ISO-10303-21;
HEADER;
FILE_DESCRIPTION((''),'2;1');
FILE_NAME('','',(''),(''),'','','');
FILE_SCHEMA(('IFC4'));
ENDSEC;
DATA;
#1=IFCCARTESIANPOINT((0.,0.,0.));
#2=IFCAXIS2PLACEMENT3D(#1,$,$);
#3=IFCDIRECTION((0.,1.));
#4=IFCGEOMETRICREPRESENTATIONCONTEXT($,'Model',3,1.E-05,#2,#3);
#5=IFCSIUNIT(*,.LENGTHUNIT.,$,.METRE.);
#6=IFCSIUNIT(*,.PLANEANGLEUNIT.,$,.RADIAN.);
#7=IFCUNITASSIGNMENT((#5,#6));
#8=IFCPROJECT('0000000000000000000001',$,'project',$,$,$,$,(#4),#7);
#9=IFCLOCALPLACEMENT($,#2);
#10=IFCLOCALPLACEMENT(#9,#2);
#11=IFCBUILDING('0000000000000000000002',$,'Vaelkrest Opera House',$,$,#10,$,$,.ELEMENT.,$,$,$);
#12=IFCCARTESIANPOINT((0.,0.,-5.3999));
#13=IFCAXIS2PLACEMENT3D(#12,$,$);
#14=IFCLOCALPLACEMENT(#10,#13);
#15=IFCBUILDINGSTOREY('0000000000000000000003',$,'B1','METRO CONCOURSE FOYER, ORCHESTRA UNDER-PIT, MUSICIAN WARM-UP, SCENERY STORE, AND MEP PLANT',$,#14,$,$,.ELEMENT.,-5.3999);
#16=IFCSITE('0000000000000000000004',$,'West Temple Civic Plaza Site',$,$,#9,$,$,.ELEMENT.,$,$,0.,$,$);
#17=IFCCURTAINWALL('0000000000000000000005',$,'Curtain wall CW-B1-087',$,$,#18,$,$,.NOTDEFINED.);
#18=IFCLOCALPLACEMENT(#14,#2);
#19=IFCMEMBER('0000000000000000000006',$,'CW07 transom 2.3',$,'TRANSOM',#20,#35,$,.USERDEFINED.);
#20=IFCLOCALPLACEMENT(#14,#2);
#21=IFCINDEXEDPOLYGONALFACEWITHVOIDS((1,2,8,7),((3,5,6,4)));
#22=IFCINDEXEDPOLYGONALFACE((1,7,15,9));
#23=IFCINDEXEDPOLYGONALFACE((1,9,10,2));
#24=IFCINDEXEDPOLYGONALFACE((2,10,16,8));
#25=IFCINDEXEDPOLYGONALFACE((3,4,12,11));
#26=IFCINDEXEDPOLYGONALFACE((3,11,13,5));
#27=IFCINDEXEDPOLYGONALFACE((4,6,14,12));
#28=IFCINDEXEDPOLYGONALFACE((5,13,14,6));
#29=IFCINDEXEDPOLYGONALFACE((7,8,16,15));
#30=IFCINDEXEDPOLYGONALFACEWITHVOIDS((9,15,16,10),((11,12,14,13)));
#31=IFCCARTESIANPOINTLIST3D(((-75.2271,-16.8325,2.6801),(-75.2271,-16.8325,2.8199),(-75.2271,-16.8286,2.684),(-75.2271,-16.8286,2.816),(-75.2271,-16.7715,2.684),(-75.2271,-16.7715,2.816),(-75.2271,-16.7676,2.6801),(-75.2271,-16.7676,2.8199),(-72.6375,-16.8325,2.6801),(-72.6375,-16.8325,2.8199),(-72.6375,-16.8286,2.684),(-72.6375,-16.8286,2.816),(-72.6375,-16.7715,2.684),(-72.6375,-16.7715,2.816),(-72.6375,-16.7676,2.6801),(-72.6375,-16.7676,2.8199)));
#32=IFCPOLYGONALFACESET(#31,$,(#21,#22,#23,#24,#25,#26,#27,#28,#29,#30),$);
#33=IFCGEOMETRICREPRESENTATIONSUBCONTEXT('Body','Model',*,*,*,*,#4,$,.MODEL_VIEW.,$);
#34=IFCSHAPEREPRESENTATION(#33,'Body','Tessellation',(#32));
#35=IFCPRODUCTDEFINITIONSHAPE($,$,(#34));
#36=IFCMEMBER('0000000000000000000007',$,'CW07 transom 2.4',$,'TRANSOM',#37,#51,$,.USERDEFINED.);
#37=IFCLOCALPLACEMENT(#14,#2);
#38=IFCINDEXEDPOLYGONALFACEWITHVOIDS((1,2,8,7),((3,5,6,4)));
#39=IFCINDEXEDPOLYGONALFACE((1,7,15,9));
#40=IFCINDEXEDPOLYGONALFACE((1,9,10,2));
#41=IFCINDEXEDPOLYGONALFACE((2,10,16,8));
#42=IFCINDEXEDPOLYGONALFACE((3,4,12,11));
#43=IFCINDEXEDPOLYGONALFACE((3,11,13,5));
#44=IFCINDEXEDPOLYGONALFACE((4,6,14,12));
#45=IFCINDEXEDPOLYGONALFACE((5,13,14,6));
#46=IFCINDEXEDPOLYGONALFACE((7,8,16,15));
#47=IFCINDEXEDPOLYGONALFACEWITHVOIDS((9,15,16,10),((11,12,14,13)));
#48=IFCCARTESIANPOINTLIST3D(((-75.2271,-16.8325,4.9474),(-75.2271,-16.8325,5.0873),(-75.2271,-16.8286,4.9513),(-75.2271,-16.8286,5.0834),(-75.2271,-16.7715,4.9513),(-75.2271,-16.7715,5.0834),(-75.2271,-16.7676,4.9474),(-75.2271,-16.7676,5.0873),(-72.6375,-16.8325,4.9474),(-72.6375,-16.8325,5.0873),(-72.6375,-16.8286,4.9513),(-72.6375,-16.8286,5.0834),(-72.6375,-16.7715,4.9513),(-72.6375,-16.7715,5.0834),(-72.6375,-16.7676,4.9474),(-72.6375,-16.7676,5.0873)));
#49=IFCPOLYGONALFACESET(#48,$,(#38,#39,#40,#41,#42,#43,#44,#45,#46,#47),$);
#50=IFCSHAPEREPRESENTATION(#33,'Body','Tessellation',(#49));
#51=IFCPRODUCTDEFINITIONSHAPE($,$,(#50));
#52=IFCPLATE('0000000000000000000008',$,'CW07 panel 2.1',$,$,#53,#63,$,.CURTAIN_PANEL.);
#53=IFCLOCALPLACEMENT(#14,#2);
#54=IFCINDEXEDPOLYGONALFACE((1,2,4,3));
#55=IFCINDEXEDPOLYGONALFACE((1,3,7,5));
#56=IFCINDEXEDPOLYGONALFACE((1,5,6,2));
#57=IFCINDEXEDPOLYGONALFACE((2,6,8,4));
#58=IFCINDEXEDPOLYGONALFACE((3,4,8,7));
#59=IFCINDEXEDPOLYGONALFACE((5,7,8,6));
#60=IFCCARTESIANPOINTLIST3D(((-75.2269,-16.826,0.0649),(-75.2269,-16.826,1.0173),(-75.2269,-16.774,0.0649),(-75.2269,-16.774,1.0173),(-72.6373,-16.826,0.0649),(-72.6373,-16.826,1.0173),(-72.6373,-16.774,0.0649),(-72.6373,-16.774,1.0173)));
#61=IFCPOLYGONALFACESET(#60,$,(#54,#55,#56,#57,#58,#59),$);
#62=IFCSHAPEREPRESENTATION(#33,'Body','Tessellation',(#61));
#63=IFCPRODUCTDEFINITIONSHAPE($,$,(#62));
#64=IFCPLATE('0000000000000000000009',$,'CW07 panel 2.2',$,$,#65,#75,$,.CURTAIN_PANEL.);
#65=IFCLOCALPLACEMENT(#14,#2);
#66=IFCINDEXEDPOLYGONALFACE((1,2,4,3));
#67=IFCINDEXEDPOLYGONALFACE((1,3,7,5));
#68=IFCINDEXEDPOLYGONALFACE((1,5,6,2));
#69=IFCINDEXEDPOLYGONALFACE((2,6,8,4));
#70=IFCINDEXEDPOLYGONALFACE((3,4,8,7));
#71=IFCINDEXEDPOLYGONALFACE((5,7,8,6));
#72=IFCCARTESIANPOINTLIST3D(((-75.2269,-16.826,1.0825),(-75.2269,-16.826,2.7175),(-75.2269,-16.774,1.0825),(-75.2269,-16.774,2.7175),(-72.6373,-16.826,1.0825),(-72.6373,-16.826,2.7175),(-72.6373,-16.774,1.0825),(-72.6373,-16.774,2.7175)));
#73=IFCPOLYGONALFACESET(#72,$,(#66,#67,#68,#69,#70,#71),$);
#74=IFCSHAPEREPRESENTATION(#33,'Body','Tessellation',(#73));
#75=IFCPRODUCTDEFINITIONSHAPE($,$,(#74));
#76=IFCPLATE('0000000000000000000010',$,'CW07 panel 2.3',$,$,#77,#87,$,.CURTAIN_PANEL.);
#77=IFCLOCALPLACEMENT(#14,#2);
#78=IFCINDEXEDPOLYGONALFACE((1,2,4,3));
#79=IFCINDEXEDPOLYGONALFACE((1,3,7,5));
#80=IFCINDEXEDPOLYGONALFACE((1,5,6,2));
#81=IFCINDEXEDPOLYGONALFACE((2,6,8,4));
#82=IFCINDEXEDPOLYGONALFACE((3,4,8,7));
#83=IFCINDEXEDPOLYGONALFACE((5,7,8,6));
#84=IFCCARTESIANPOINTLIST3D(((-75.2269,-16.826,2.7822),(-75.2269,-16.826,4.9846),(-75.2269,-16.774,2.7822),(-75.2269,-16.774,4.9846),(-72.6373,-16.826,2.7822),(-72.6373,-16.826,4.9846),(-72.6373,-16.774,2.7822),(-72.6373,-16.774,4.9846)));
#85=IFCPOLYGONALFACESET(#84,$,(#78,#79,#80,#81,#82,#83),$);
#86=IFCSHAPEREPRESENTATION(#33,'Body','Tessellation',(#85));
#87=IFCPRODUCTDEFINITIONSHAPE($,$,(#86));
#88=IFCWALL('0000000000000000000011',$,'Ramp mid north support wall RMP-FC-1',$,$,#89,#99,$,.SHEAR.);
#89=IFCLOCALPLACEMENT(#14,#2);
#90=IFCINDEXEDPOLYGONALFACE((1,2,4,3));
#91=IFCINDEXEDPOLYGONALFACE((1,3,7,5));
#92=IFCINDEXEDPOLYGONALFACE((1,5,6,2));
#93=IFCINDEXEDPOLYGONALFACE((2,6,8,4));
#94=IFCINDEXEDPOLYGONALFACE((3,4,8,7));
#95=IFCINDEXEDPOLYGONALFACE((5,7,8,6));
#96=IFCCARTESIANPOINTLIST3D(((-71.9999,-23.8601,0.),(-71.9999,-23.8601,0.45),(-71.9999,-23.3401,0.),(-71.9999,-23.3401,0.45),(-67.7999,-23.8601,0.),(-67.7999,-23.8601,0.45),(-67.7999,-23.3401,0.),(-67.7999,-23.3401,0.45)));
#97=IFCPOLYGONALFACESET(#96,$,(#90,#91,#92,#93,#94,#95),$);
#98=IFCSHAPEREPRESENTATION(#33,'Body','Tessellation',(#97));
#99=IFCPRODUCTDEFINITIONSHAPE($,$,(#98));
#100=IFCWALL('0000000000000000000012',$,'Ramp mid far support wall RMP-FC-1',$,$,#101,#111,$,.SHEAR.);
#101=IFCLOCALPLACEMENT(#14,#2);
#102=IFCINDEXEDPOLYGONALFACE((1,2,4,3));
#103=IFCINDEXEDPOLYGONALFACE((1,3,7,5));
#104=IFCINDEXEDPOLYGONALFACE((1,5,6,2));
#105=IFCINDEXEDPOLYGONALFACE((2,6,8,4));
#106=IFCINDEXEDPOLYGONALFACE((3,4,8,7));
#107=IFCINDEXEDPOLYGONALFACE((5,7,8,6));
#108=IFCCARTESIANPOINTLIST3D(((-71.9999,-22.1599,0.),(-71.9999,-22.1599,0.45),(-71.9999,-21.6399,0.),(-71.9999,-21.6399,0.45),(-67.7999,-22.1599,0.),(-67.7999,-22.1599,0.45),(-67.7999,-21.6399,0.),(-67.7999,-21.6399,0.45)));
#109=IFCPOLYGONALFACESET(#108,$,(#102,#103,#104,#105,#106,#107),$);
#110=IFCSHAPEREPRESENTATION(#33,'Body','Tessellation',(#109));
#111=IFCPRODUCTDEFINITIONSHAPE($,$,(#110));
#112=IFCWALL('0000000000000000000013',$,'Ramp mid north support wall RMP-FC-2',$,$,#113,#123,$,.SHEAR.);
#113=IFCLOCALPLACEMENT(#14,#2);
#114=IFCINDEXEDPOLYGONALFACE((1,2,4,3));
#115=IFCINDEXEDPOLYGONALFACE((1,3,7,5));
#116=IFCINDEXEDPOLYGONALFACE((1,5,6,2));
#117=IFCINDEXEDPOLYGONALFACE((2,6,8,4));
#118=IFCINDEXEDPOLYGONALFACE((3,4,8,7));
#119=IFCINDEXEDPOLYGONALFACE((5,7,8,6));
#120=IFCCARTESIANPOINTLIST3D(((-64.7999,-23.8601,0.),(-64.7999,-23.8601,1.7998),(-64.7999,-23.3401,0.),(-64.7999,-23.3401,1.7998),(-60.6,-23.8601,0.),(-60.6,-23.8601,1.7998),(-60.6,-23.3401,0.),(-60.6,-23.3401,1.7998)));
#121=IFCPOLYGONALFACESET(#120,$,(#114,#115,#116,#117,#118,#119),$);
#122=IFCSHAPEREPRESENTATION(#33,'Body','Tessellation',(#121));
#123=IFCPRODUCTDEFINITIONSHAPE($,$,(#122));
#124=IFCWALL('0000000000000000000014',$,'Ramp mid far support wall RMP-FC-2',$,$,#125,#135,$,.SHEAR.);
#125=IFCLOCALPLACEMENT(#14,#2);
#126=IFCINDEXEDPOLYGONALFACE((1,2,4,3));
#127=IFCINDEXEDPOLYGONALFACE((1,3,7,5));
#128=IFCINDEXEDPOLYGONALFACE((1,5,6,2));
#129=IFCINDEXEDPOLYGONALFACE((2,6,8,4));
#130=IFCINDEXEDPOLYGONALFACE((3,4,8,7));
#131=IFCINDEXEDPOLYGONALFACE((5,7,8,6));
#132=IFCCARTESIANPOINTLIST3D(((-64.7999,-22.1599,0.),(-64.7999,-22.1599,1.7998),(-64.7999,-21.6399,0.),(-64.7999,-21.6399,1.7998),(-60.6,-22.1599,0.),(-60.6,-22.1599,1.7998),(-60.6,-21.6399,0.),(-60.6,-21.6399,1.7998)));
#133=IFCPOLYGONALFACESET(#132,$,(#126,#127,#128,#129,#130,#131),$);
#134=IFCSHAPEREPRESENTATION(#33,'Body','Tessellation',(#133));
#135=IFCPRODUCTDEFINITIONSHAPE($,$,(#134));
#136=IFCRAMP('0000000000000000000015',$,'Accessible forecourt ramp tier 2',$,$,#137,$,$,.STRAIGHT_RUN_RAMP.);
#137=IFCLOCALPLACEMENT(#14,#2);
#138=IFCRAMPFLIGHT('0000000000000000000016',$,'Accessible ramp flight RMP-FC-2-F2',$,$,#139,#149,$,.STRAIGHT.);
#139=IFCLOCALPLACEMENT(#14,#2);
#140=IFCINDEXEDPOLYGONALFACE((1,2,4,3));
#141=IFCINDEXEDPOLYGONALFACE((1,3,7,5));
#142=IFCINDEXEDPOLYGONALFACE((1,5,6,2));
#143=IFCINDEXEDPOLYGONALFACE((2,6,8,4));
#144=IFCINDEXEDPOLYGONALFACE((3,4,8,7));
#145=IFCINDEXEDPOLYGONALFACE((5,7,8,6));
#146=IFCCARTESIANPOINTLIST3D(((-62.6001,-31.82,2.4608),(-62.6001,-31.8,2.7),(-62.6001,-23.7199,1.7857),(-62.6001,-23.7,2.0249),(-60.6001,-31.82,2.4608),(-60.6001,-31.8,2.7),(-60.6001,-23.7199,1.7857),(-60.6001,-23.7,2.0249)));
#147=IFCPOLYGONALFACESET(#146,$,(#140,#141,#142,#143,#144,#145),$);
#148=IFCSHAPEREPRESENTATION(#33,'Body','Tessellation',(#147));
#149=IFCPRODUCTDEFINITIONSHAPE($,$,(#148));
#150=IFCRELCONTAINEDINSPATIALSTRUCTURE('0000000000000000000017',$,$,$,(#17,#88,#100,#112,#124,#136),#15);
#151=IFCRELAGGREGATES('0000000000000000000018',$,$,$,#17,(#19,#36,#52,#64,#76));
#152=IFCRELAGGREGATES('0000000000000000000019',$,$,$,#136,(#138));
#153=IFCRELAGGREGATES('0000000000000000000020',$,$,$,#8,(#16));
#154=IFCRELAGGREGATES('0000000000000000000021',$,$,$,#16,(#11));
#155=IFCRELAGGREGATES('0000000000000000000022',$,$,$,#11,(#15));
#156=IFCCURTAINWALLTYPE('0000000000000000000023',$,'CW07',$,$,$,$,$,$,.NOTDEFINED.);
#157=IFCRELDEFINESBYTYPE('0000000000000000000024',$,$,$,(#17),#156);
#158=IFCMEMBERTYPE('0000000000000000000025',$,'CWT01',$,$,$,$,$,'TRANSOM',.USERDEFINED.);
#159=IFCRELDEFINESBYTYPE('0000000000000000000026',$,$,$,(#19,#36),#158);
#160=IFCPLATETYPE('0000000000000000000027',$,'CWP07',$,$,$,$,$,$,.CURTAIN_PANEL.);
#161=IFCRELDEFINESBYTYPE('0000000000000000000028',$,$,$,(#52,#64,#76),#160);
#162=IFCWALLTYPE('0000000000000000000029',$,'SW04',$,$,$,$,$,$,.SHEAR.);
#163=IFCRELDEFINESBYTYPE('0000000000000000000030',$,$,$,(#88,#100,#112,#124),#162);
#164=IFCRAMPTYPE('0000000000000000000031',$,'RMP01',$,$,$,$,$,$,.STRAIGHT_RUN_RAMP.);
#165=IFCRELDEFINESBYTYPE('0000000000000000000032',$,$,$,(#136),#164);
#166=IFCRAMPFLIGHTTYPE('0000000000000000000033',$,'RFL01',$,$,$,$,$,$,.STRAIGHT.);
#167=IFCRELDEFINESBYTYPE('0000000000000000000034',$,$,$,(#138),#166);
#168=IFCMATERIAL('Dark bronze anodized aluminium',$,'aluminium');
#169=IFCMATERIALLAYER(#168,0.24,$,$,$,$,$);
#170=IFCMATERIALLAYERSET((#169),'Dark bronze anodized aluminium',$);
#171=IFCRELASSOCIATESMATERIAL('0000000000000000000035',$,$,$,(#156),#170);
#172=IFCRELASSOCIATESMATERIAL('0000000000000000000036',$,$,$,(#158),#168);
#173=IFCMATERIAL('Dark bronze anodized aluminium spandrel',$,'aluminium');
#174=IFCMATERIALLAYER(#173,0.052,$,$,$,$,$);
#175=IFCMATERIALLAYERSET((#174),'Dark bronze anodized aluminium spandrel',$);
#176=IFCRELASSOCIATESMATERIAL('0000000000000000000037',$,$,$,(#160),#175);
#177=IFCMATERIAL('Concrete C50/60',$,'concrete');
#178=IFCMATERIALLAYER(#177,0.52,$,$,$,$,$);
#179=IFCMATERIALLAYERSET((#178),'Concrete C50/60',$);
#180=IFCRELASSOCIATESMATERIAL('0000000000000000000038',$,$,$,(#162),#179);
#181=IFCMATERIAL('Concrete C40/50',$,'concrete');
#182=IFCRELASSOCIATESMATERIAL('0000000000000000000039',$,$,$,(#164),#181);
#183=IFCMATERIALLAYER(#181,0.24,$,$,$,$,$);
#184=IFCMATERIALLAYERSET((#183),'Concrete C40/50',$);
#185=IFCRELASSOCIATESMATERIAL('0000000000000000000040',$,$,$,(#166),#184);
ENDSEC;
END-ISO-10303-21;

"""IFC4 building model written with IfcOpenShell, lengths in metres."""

from ifc_helpers import new_model, si_unit, direction, frame, frame_2d, origin, origin_2d, place, context, subcontext, project, spatial, polyline, rectangle, hollow_rectangle, outline, extrude, material, layer, layer_set, material_profile, profile_set, type_object, element, aggregate, save


model = new_model("IFC4")

# Units and contexts
model_context = context("Model", 3, precision=1e-05, world=origin(), true_north=direction((0.0, 1.0)))
body_context = subcontext(model_context, "Body", "Model", "MODEL_VIEW")
ifc_project = project(units=[si_unit("LENGTHUNIT", "METRE"), si_unit("PLANEANGLEUNIT", "RADIAN")], contexts=[model_context])

# Site, building, storey
site_placement = place(None, origin())
site = spatial("IfcSite", under=ifc_project, at=site_placement, Name="West Temple Civic Plaza Site", CompositionType="ELEMENT", RefElevation=0.0)
building_placement = place(site_placement, origin())
building = spatial("IfcBuilding", under=site, at=building_placement, Name="Vaelkrest Opera House", CompositionType="ELEMENT")
storey_placement = place(building_placement, frame((0.0, 0.0, -5.3999)))
storey = spatial("IfcBuildingStorey", under=building, at=storey_placement, Name="B1", Description="METRO CONCOURSE FOYER, ORCHESTRA UNDER-PIT, MUSICIAN WARM-UP, SCENERY STORE, AND MEP PLANT", CompositionType="ELEMENT", Elevation=-5.3999)

# Shared definitions
ifc_material_1 = material(Name="Concrete C40/50", Category="concrete")

# Shared definitions
ifc_material_2 = material(Name="Concrete C50/60", Category="concrete")

# Curtain wall, members, plates
ifc_material_3 = material(Name="Dark bronze anodized aluminium", Category="aluminium")
ifc_layer_1 = layer(ifc_material_3, 0.24)
ifc_layer_set_1 = layer_set([ifc_layer_1], Name="Dark bronze anodized aluminium")
curtain_wall_type = type_object("IfcCurtainWallType", Name="CW07", PredefinedType="NOTDEFINED", material=ifc_layer_set_1)
curtain_wall_placement = place(storey_placement, origin())
curtain_wall = element("IfcCurtainWall", 1, at=curtain_wall_placement, inside=storey, type_object=curtain_wall_type, Name="Curtain wall CW-B1-087", PredefinedType="NOTDEFINED")
ifc_material_profile_1 = material_profile(ifc_material_3, hollow_rectangle(XDim=0.0649, YDim=0.1399, WallThickness=0.0039, at=origin_2d()), Name="CWT65X140")
ifc_profile_set_1 = profile_set([ifc_material_profile_1], Name="Dark bronze anodized aluminium")
member_type_1 = type_object("IfcMemberType", Name="CWT01", ElementType="TRANSOM", PredefinedType="USERDEFINED", material=ifc_profile_set_1)
member_1_placement = place(storey_placement, frame((-72.6375, -16.8, 2.75), z_axis=(-1.0, 0.0, 0.0), x_axis=(0.0, -1.0, 0.0)))
member_1 = element("IfcMember", 2, at=member_1_placement, type_object=member_type_1, Name="CW07 transom 2.3", ObjectType="TRANSOM", PredefinedType="USERDEFINED", context=body_context, shape_type="SweptSolid", body=[
    extrude(hollow_rectangle(XDim=0.0649, YDim=0.1399, WallThickness=0.0039, at=origin_2d()), origin(), (0.0, 0.0, 1.0), 2.5896),
])
member_2_placement = place(storey_placement, frame((-72.6375, -16.8, 5.0173), z_axis=(-1.0, 0.0, 0.0), x_axis=(0.0, -1.0, 0.0)))
member_2 = element("IfcMember", 3, at=member_2_placement, type_object=member_type_1, Name="CW07 transom 2.4", ObjectType="TRANSOM", PredefinedType="USERDEFINED", context=body_context, shape_type="SweptSolid", body=[
    extrude(hollow_rectangle(XDim=0.0649, YDim=0.1399, WallThickness=0.0039, at=origin_2d()), origin(), (0.0, 0.0, 1.0), 2.5896),
])
ifc_material_4 = material(Name="Dark bronze anodized aluminium spandrel", Category="aluminium")
ifc_layer_2 = layer(ifc_material_4, 0.052)
ifc_layer_set_2 = layer_set([ifc_layer_2], Name="Dark bronze anodized aluminium spandrel")
plate_type = type_object("IfcPlateType", Name="CWP07", PredefinedType="CURTAIN_PANEL", material=ifc_layer_set_2)
plate_1_placement = place(storey_placement, frame((-73.9321, -16.8, 0.0649), z_axis=(0.0, 0.0, 1.0), x_axis=(-1.0, 0.0, 0.0)))
plate_1 = element("IfcPlate", 4, at=plate_1_placement, type_object=plate_type, Name="CW07 panel 2.1", PredefinedType="CURTAIN_PANEL", context=body_context, shape_type="SweptSolid", body=[
    extrude(rectangle(XDim=2.5896, YDim=0.052, at=origin_2d()), origin(), (0.0, 0.0, 1.0), 0.9524),
])
plate_2_placement = place(storey_placement, frame((-73.9321, -16.8, 1.0825), z_axis=(0.0, 0.0, 1.0), x_axis=(-1.0, 0.0, 0.0)))
plate_2 = element("IfcPlate", 5, at=plate_2_placement, type_object=plate_type, Name="CW07 panel 2.2", PredefinedType="CURTAIN_PANEL", context=body_context, shape_type="SweptSolid", body=[
    extrude(rectangle(XDim=2.5896, YDim=0.052, at=origin_2d()), origin(), (0.0, 0.0, 1.0), 1.635),
])
plate_3_placement = place(storey_placement, frame((-73.9321, -16.8, 2.7822), z_axis=(0.0, 0.0, 1.0), x_axis=(-1.0, 0.0, 0.0)))
plate_3 = element("IfcPlate", 6, at=plate_3_placement, type_object=plate_type, Name="CW07 panel 2.3", PredefinedType="CURTAIN_PANEL", context=body_context, shape_type="SweptSolid", body=[
    extrude(rectangle(XDim=2.5896, YDim=0.052, at=origin_2d()), origin(), (0.0, 0.0, 1.0), 2.2024),
])
aggregate(curtain_wall, [member_1, member_2, plate_1, plate_2, plate_3])

# Walls
ifc_layer_3 = layer(ifc_material_2, 0.52)
ifc_layer_set_3 = layer_set([ifc_layer_3], Name="Concrete C50/60")
wall_type = type_object("IfcWallType", Name="SW04", PredefinedType="SHEAR", material=ifc_layer_set_3)
for number, where, z_axis, x_axis, name in (
    (7, (-72.0, -23.6001, 0.0), (0.0, 0.0, 1.0), (1.0, 0.0, 0.0), "Ramp mid north support wall RMP-FC-1"),
    (8, (-72.0, -21.8999, 0.0), (0.0, 0.0, 1.0), (1.0, 0.0, 0.0), "Ramp mid far support wall RMP-FC-1"),
):
    element("IfcWall", number, at=place(storey_placement, frame(where, z_axis=z_axis, x_axis=x_axis)), inside=storey, type_object=wall_type, Name=name, PredefinedType="SHEAR", context=body_context, shape_type="SweptSolid", body=[
        extrude(rectangle(XDim=4.2, YDim=0.52, at=frame_2d((2.1001, 0.0))), origin(), (0.0, 0.0, 1.0), 0.45),
    ])
for number, where, z_axis, x_axis, name in (
    (9, (-64.8, -23.6001, 0.0), (0.0, 0.0, 1.0), (1.0, 0.0, 0.0), "Ramp mid north support wall RMP-FC-2"),
    (10, (-64.8, -21.8999, 0.0), (0.0, 0.0, 1.0), (1.0, 0.0, 0.0), "Ramp mid far support wall RMP-FC-2"),
):
    element("IfcWall", number, at=place(storey_placement, frame(where, z_axis=z_axis, x_axis=x_axis)), inside=storey, type_object=wall_type, Name=name, PredefinedType="SHEAR", context=body_context, shape_type="SweptSolid", body=[
        extrude(rectangle(XDim=4.2, YDim=0.52, at=frame_2d((2.1001, 0.0))), origin(), (0.0, 0.0, 1.0), 1.7998),
    ])

# Ramp, ramp flight
ramp_type = type_object("IfcRampType", Name="RMP01", PredefinedType="STRAIGHT_RUN_RAMP", material=ifc_material_1)
ramp_placement = place(storey_placement, origin())
ramp = element("IfcRamp", 11, at=ramp_placement, inside=storey, type_object=ramp_type, Name="Accessible forecourt ramp tier 2", PredefinedType="STRAIGHT_RUN_RAMP")
ifc_layer_4 = layer(ifc_material_1, 0.24)
ifc_layer_set_4 = layer_set([ifc_layer_4], Name="Concrete C40/50")
ramp_flight_type = type_object("IfcRampFlightType", Name="RFL01", PredefinedType="STRAIGHT", material=ifc_layer_set_4)
ramp_flight_placement = place(storey_placement, frame((-62.6001, -23.7, 2.0249), z_axis=(0.0, 0.08305, 0.996545), x_axis=(1.0, 0.0, 0.0)))
ramp_flight = element("IfcRampFlight", 12, at=ramp_flight_placement, type_object=ramp_flight_type, Name="Accessible ramp flight RMP-FC-2-F2", PredefinedType="STRAIGHT", context=body_context, shape_type="SweptSolid", body=[
    extrude(outline(polyline([(0.0, 0.0), (2.0, 0.0), (2.0, -8.1282), (0.0, -8.1282), (0.0, 0.0)])), origin(), (0.0, 0.0, -1.0), 0.24),
])
aggregate(ramp, [ramp_flight])

save(model, "model.ifc")
